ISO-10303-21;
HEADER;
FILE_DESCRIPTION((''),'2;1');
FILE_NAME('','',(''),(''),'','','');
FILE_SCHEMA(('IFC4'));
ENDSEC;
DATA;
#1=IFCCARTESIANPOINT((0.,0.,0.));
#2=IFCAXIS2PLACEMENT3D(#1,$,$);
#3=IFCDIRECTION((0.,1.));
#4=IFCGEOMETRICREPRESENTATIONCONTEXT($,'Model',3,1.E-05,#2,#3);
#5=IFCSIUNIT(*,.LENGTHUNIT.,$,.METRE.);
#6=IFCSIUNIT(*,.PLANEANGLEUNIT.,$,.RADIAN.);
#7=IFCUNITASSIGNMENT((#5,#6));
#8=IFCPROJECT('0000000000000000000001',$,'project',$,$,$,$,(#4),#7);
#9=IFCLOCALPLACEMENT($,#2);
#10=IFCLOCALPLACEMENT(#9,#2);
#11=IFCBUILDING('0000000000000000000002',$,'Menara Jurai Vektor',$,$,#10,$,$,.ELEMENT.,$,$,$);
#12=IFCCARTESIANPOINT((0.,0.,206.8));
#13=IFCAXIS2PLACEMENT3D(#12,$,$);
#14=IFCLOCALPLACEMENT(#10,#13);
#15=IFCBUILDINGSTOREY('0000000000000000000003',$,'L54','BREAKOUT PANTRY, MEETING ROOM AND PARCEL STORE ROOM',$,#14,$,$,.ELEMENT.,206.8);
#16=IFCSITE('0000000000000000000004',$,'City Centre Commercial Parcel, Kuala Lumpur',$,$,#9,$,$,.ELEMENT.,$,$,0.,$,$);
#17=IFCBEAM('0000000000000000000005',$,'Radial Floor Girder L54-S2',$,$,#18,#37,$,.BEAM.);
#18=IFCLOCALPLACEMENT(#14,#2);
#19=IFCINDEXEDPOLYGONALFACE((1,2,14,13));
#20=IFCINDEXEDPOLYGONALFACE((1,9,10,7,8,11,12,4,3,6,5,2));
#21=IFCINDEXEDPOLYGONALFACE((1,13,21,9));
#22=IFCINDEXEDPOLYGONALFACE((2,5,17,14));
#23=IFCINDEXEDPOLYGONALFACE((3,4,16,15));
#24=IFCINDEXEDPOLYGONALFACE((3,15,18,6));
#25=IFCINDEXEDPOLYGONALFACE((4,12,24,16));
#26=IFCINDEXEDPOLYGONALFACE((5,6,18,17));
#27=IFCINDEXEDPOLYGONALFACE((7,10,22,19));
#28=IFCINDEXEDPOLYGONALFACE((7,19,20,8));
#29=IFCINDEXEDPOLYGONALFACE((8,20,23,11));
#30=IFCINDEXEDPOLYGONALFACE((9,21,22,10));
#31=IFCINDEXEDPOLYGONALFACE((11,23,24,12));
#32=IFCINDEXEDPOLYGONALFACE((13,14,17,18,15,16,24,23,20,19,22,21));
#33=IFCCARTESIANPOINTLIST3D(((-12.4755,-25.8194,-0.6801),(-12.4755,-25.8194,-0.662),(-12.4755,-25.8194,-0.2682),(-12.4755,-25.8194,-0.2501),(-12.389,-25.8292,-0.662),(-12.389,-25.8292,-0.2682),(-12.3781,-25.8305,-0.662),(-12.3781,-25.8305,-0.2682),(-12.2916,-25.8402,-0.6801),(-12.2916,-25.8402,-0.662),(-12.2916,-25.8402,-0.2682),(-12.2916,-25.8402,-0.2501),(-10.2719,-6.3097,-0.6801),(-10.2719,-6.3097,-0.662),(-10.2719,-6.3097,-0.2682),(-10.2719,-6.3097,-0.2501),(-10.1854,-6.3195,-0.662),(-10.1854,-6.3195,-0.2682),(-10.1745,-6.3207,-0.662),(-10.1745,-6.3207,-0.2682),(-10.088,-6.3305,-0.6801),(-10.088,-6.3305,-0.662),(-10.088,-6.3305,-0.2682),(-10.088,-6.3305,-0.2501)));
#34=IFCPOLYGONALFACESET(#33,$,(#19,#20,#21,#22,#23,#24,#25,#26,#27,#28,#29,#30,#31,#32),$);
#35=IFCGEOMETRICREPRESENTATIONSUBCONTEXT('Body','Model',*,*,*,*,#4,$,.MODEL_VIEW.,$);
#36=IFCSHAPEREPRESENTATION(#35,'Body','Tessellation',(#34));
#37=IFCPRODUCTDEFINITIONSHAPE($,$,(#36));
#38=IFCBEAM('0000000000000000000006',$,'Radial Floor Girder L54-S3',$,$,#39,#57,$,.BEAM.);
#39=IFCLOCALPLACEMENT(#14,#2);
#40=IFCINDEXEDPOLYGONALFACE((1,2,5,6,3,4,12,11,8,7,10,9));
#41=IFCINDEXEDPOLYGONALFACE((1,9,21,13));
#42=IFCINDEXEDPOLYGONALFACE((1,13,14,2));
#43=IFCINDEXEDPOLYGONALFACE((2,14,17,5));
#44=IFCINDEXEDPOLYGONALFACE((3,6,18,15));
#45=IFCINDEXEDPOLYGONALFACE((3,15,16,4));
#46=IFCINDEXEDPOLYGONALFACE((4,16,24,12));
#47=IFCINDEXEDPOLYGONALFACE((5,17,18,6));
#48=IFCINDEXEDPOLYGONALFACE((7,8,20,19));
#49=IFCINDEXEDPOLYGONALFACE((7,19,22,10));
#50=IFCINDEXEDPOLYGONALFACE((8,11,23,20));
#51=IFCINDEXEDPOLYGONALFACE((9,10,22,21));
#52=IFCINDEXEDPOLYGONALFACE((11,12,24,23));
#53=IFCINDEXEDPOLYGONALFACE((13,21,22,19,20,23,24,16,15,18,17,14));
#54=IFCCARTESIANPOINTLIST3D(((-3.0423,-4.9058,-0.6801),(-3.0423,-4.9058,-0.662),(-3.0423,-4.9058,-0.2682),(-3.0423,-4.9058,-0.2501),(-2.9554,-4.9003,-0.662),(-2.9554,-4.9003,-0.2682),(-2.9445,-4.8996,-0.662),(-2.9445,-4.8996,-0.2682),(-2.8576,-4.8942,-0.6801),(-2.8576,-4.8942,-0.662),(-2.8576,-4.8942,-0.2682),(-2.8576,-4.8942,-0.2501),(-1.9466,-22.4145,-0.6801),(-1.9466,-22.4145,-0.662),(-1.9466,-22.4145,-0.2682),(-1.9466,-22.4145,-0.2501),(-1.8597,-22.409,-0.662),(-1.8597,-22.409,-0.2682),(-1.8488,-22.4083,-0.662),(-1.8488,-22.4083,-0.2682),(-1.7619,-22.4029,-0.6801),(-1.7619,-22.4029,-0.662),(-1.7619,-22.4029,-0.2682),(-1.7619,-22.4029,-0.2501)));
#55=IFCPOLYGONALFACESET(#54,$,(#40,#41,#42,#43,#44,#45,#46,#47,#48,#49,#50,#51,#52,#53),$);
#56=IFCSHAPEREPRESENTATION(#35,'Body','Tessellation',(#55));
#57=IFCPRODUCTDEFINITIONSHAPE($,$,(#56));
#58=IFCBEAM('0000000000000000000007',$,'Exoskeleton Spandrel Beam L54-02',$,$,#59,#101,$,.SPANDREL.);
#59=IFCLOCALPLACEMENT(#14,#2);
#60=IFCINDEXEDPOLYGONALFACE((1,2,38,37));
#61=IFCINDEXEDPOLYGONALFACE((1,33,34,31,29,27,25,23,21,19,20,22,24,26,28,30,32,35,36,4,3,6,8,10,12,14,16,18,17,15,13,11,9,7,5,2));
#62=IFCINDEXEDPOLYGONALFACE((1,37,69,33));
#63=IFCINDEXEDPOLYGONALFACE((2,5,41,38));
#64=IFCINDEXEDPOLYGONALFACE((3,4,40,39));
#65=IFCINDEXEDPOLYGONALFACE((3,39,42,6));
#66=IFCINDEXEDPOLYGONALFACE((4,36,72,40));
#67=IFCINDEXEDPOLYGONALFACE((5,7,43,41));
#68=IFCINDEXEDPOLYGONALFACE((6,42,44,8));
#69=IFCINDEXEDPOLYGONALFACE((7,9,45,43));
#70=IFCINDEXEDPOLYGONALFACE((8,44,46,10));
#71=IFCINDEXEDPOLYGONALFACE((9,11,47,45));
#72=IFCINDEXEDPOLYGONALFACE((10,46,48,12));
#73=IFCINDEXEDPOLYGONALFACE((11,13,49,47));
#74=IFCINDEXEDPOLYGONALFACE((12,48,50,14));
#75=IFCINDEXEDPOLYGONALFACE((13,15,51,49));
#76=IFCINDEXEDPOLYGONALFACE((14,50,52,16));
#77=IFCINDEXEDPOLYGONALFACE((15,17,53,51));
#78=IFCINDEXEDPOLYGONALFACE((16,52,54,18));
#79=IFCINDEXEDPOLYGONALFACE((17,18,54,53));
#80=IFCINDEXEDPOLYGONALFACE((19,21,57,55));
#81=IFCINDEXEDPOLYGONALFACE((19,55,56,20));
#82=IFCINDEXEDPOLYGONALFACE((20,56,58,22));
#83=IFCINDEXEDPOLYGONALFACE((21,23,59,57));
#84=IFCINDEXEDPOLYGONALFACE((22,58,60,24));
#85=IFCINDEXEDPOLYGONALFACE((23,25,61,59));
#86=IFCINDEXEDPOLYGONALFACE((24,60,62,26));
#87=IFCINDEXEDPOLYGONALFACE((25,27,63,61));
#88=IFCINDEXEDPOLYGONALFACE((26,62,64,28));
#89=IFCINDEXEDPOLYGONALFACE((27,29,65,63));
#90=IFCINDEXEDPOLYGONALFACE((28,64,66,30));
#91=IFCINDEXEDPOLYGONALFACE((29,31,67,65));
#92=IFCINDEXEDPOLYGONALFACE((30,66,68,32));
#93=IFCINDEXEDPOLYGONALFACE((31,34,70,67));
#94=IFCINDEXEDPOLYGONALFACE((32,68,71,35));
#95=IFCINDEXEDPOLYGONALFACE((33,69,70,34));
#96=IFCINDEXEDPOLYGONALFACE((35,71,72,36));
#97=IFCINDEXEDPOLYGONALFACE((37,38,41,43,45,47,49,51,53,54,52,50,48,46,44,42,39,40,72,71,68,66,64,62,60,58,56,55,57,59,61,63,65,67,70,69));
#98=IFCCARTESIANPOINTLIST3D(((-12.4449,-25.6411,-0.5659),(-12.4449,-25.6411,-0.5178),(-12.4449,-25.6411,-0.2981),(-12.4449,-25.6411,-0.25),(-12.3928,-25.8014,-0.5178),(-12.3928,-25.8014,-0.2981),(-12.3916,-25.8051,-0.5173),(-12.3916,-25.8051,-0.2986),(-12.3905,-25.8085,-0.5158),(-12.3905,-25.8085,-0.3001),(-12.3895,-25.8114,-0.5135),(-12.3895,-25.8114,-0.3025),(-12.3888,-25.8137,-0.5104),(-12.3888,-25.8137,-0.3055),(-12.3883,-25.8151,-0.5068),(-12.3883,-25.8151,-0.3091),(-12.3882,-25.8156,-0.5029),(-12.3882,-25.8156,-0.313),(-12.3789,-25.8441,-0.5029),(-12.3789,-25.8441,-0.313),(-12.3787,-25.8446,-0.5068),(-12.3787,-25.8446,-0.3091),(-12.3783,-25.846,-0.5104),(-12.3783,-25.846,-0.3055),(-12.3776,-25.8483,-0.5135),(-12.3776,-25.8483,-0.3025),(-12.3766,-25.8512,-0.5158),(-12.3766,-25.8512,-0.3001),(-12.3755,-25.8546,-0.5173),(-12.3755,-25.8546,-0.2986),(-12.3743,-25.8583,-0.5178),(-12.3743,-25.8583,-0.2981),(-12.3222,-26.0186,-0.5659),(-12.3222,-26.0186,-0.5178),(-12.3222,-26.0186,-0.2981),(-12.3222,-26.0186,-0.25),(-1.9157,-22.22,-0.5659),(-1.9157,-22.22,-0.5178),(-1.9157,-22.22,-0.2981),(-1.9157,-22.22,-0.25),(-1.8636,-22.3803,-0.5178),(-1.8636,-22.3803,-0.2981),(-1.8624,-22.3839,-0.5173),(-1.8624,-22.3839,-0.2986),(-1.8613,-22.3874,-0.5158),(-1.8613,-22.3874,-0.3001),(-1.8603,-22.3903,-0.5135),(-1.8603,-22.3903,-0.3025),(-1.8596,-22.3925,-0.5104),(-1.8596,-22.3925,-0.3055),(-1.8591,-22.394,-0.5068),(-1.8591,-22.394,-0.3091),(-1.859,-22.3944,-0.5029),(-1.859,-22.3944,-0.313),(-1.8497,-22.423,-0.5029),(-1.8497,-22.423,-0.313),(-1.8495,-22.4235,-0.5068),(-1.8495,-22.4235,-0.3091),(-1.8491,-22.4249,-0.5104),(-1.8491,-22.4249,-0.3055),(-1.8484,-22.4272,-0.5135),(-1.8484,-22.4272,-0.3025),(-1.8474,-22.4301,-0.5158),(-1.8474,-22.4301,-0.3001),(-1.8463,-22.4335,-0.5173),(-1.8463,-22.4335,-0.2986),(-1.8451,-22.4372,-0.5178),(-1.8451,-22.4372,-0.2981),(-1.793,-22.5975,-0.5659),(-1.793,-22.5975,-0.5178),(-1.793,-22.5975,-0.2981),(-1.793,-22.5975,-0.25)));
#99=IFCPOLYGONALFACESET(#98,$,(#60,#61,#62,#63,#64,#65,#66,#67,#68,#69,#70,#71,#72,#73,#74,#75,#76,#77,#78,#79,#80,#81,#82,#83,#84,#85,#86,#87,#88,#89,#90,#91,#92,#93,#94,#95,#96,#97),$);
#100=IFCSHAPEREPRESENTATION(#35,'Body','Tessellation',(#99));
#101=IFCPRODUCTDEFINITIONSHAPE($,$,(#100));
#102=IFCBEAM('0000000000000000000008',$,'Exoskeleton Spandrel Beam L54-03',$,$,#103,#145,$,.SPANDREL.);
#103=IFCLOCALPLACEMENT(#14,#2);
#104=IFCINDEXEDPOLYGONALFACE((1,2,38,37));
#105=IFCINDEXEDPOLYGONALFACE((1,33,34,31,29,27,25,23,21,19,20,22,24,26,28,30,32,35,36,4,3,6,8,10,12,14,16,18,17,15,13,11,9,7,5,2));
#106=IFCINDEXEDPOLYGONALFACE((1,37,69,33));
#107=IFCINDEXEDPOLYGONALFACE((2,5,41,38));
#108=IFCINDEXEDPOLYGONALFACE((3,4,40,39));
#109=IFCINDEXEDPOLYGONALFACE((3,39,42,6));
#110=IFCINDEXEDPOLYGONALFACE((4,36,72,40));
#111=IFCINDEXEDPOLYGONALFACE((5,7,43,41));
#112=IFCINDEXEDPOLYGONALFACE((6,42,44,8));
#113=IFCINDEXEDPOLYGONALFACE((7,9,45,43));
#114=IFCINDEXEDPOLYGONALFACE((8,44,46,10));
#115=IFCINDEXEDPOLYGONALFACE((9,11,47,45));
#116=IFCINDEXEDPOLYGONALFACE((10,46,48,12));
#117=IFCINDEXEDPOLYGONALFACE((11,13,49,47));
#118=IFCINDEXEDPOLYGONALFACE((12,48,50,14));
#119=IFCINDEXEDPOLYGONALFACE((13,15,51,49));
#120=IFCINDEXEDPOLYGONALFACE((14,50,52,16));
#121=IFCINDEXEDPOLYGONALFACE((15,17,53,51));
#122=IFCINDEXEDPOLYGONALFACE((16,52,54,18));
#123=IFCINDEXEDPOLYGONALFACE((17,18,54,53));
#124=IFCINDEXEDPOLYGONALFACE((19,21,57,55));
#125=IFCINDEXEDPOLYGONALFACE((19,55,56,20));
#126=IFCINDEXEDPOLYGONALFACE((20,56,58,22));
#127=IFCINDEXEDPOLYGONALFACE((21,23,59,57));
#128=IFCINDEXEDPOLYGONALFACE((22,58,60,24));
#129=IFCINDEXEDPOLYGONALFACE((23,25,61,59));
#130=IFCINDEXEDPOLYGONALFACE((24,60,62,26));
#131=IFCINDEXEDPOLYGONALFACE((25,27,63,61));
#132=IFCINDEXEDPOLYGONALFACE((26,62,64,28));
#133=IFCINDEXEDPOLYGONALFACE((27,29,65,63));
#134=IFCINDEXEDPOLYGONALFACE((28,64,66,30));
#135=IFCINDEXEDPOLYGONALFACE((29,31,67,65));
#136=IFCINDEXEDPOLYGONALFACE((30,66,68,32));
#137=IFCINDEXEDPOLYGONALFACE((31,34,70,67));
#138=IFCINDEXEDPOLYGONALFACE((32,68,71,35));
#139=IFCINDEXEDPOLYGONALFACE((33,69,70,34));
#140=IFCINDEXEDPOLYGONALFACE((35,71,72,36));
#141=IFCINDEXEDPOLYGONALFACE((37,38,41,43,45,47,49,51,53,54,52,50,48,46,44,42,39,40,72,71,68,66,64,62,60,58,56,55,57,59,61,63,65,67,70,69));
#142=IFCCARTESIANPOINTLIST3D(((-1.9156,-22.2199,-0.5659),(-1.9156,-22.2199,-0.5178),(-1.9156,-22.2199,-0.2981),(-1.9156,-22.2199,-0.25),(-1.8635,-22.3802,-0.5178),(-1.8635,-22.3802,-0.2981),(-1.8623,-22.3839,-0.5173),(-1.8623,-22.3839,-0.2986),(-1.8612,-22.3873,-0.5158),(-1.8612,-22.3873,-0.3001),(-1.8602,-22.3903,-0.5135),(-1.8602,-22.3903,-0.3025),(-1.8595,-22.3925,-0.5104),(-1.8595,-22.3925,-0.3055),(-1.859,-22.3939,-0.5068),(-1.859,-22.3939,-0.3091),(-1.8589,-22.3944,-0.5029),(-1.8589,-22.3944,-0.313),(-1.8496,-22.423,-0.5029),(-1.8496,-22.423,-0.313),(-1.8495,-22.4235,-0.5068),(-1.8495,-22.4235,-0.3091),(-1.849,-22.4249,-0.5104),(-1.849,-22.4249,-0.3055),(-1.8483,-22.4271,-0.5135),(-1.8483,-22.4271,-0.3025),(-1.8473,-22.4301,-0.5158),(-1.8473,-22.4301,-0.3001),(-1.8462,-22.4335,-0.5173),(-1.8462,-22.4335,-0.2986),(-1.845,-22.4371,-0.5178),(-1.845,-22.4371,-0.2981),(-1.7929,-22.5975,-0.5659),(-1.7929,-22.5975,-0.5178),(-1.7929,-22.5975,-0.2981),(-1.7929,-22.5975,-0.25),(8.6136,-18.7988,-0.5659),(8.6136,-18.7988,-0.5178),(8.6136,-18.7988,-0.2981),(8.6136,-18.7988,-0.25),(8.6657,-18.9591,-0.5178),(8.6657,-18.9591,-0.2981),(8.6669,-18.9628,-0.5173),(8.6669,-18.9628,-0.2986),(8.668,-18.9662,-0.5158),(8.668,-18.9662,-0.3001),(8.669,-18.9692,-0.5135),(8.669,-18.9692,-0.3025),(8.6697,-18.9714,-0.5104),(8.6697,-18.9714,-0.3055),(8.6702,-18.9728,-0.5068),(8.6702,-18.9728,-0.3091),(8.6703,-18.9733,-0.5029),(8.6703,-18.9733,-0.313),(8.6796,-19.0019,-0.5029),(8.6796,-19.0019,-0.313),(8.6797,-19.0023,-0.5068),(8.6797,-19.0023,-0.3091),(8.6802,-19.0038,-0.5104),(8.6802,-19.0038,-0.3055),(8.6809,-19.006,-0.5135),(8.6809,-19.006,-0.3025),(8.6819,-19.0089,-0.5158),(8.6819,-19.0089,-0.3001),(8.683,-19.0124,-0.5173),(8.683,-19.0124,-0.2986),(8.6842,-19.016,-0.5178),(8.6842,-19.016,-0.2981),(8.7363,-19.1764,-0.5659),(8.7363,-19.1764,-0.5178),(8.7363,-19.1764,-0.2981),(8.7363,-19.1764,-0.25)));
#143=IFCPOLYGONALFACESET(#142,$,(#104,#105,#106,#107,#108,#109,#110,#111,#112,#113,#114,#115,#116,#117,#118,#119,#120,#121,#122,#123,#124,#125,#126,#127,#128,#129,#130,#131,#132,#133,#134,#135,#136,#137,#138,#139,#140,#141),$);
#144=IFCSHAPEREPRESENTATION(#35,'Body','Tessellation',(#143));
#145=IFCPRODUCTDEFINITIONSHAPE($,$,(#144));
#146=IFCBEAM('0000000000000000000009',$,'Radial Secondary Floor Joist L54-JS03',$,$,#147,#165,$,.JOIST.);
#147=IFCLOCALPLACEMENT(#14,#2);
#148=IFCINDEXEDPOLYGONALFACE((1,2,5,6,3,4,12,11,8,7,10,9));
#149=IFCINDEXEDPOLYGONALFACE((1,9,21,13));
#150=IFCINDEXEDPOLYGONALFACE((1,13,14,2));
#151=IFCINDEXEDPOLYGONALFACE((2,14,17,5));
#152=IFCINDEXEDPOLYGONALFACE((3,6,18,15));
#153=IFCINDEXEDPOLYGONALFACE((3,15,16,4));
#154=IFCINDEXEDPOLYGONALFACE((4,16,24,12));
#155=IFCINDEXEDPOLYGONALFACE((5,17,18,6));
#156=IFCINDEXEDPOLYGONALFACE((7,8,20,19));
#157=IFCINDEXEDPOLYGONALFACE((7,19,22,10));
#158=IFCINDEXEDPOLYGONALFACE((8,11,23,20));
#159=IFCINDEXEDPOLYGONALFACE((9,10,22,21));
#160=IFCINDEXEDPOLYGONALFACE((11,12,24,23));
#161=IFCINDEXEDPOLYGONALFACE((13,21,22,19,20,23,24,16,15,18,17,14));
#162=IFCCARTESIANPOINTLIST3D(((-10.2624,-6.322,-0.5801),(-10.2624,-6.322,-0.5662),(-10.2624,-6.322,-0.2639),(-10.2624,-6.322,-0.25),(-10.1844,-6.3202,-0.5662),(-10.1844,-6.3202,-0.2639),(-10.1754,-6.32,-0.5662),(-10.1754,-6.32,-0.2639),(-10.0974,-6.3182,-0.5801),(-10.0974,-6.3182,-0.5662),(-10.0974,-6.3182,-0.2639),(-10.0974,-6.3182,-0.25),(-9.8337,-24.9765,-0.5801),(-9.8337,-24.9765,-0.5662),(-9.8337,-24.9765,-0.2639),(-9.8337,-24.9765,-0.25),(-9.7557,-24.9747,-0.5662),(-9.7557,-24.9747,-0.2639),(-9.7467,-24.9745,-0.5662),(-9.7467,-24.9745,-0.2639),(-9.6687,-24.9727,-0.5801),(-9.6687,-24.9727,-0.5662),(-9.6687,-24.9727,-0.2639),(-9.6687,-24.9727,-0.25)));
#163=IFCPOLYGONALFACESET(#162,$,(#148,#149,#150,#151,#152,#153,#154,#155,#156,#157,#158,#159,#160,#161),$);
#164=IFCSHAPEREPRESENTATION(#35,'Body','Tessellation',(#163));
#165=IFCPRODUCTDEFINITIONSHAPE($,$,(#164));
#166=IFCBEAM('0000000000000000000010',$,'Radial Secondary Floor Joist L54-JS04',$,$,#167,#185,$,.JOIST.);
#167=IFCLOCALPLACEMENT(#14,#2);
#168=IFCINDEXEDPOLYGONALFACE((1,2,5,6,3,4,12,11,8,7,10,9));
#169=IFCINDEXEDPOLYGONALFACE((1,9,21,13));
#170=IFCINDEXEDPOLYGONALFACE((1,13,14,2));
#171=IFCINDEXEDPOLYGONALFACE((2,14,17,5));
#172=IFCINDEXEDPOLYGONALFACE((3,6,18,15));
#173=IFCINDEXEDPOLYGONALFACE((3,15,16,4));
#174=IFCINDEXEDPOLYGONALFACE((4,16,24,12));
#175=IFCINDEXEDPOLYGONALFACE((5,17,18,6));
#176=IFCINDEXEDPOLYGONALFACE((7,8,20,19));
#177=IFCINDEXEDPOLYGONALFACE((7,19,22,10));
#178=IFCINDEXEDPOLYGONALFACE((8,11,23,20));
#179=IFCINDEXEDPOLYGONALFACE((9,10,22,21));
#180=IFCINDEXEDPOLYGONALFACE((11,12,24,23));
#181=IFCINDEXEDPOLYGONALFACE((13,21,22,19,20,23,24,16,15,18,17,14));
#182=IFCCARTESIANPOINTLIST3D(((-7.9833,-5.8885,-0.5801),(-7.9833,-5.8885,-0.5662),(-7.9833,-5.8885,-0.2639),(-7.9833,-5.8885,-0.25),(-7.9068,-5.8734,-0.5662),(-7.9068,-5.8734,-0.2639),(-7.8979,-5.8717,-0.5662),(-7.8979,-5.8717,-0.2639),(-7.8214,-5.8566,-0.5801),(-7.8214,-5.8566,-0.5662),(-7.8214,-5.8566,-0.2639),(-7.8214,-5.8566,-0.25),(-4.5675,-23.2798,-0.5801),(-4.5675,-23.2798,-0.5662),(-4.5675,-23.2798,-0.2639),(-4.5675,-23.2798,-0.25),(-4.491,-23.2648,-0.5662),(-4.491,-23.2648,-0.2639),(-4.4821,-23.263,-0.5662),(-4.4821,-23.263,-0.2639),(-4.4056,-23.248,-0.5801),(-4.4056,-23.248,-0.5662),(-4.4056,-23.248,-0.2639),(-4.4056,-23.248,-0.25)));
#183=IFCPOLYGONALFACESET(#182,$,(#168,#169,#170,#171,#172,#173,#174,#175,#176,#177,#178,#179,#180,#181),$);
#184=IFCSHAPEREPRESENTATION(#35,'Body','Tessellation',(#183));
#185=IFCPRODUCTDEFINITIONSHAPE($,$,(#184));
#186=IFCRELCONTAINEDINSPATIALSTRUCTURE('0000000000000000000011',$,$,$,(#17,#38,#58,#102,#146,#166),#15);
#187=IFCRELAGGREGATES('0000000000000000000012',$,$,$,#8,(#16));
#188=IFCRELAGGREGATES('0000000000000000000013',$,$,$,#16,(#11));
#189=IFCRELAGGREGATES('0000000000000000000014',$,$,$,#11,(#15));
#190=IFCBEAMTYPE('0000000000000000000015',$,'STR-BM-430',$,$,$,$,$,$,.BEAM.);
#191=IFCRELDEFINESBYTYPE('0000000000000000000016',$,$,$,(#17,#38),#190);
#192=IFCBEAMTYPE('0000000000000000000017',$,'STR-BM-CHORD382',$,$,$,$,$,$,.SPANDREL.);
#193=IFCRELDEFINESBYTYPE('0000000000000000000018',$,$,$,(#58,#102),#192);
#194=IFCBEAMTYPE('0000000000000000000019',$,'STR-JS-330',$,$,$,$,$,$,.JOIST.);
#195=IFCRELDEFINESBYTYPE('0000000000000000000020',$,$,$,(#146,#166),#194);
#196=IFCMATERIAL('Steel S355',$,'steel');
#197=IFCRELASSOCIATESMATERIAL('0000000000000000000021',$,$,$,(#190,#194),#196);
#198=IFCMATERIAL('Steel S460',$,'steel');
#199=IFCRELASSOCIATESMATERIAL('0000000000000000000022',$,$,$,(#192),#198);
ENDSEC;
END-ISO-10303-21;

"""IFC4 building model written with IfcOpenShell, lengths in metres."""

from ifc_helpers import new_model, si_unit, direction, frame, origin, origin_2d, place, context, subcontext, project, spatial, i_section, extrude, material, material_profile, profile_set, type_object, element, save


model = new_model("IFC4")

# Units and contexts
model_context = context("Model", 3, precision=1e-05, world=origin(), true_north=direction((0.0, 1.0)))
body_context = subcontext(model_context, "Body", "Model", "MODEL_VIEW")
ifc_project = project(units=[si_unit("LENGTHUNIT", "METRE"), si_unit("PLANEANGLEUNIT", "RADIAN")], contexts=[model_context])

# Site, building, storey
site_placement = place(None, origin())
site = spatial("IfcSite", under=ifc_project, at=site_placement, Name="City Centre Commercial Parcel, Kuala Lumpur", CompositionType="ELEMENT", RefElevation=0.0)
building_placement = place(site_placement, origin())
building = spatial("IfcBuilding", under=site, at=building_placement, Name="Menara Jurai Vektor", CompositionType="ELEMENT")
storey_placement = place(building_placement, frame((0.0, 0.0, 206.8)))
storey = spatial("IfcBuildingStorey", under=building, at=storey_placement, Name="L54", Description="BREAKOUT PANTRY, MEETING ROOM AND PARCEL STORE ROOM", CompositionType="ELEMENT", Elevation=206.8)

# Shared definitions
ifc_material_1 = material(Name="Steel S460", Category="steel")

# Beams
ifc_material_2 = material(Name="Steel S355", Category="steel")
ifc_material_profile_1 = material_profile(ifc_material_2, i_section(OverallWidth=0.1851, OverallDepth=0.4299, WebThickness=0.011, FlangeThickness=0.0181, at=origin_2d()), Name="PG 430x185x76")
ifc_profile_set_1 = profile_set([ifc_material_profile_1], Name="Steel S355")
beam_type_1 = type_object("IfcBeamType", Name="STR-BM-430", PredefinedType="BEAM", material=ifc_profile_set_1)
beam_1_placement = place(storey_placement, frame((-12.3835, -25.8298, -0.4651), z_axis=(0.112236, 0.993682, 0.0), x_axis=(-0.993682, 0.112236, 0.0)))
element("IfcBeam", 1, at=beam_1_placement, inside=storey, type_object=beam_type_1, Name="Radial Floor Girder L54-S2", PredefinedType="BEAM", context=body_context, shape_type="SweptSolid", body=[
    extrude(i_section(OverallWidth=0.1851, OverallDepth=0.4299, WebThickness=0.011, FlangeThickness=0.0181, at=origin_2d()), origin(), (0.0, 0.0, 1.0), 19.6338),
])
beam_2_placement = place(storey_placement, frame((-1.8542, -22.4087, -0.4651), z_axis=(-0.062458, 0.998048, 0.0), x_axis=(-0.998048, -0.062458, 0.0)))
element("IfcBeam", 2, at=beam_2_placement, inside=storey, type_object=beam_type_1, Name="Radial Floor Girder L54-S3", PredefinedType="BEAM", context=body_context, shape_type="SweptSolid", body=[
    extrude(i_section(OverallWidth=0.1851, OverallDepth=0.4299, WebThickness=0.011, FlangeThickness=0.0181, at=origin_2d()), origin(), (0.0, 0.0, 1.0), 17.543),
])
ifc_material_profile_2 = material_profile(ifc_material_1, i_section(OverallWidth=0.397, OverallDepth=0.3159, WebThickness=0.03, FlangeThickness=0.0481, FilletRadius=0.0149, at=origin_2d()), Name="HD 400x382")
ifc_profile_set_2 = profile_set([ifc_material_profile_2], Name="Steel S460")
beam_type_2 = type_object("IfcBeamType", Name="STR-BM-CHORD382", PredefinedType="SPANDREL", material=ifc_profile_set_2)
for number, where, z_axis, x_axis, name in (
    (3, (-12.3835, -25.8298, -0.408), (0.951057, 0.309014, 0.0), (-0.309014, 0.951057, 0.0), "Exoskeleton Spandrel Beam L54-02"),
    (4, (-1.8542, -22.4087, -0.408), (0.951057, 0.309014, 0.0), (-0.309014, 0.951057, 0.0), "Exoskeleton Spandrel Beam L54-03"),
):
    element("IfcBeam", number, at=place(storey_placement, frame(where, z_axis=z_axis, x_axis=x_axis)), inside=storey, type_object=beam_type_2, Name=name, PredefinedType="SPANDREL", context=body_context, shape_type="SweptSolid", body=[
        extrude(i_section(OverallWidth=0.397, OverallDepth=0.3159, WebThickness=0.03, FlangeThickness=0.0481, FilletRadius=0.0149, at=origin_2d()), origin(), (0.0, 0.0, 1.0), 11.071),
    ])
ifc_material_profile_3 = material_profile(ifc_material_2, i_section(OverallWidth=0.165, OverallDepth=0.3301, WebThickness=0.009, FlangeThickness=0.0139, at=origin_2d()), Name="PG 330x165x46")
ifc_profile_set_3 = profile_set([ifc_material_profile_3], Name="Steel S355")
beam_type_3 = type_object("IfcBeamType", Name="STR-JS-330", PredefinedType="JOIST", material=ifc_profile_set_3)
beam_3_placement = place(storey_placement, frame((-9.7512, -24.9746, -0.415), z_axis=(-0.022976, 0.999736, 0.0), x_axis=(-0.999736, -0.022976, 0.0)))
element("IfcBeam", 5, at=beam_3_placement, inside=storey, type_object=beam_type_3, Name="Radial Secondary Floor Joist L54-JS03", PredefinedType="JOIST", context=body_context, shape_type="SweptSolid", body=[
    extrude(i_section(OverallWidth=0.165, OverallDepth=0.3301, WebThickness=0.009, FlangeThickness=0.0139, at=origin_2d()), origin(), (0.0, 0.0, 1.0), 18.6594),
])
beam_4_placement = place(storey_placement, frame((-4.4866, -23.2639, -0.415), z_axis=(-0.192724, 0.981253, 0.0), x_axis=(-0.981253, -0.192724, 0.0)))
element("IfcBeam", 6, at=beam_4_placement, inside=storey, type_object=beam_type_3, Name="Radial Secondary Floor Joist L54-JS04", PredefinedType="JOIST", context=body_context, shape_type="SweptSolid", body=[
    extrude(i_section(OverallWidth=0.165, OverallDepth=0.3301, WebThickness=0.009, FlangeThickness=0.0139, at=origin_2d()), origin(), (0.0, 0.0, 1.0), 17.7236),
])

save(model, "model.ifc")
